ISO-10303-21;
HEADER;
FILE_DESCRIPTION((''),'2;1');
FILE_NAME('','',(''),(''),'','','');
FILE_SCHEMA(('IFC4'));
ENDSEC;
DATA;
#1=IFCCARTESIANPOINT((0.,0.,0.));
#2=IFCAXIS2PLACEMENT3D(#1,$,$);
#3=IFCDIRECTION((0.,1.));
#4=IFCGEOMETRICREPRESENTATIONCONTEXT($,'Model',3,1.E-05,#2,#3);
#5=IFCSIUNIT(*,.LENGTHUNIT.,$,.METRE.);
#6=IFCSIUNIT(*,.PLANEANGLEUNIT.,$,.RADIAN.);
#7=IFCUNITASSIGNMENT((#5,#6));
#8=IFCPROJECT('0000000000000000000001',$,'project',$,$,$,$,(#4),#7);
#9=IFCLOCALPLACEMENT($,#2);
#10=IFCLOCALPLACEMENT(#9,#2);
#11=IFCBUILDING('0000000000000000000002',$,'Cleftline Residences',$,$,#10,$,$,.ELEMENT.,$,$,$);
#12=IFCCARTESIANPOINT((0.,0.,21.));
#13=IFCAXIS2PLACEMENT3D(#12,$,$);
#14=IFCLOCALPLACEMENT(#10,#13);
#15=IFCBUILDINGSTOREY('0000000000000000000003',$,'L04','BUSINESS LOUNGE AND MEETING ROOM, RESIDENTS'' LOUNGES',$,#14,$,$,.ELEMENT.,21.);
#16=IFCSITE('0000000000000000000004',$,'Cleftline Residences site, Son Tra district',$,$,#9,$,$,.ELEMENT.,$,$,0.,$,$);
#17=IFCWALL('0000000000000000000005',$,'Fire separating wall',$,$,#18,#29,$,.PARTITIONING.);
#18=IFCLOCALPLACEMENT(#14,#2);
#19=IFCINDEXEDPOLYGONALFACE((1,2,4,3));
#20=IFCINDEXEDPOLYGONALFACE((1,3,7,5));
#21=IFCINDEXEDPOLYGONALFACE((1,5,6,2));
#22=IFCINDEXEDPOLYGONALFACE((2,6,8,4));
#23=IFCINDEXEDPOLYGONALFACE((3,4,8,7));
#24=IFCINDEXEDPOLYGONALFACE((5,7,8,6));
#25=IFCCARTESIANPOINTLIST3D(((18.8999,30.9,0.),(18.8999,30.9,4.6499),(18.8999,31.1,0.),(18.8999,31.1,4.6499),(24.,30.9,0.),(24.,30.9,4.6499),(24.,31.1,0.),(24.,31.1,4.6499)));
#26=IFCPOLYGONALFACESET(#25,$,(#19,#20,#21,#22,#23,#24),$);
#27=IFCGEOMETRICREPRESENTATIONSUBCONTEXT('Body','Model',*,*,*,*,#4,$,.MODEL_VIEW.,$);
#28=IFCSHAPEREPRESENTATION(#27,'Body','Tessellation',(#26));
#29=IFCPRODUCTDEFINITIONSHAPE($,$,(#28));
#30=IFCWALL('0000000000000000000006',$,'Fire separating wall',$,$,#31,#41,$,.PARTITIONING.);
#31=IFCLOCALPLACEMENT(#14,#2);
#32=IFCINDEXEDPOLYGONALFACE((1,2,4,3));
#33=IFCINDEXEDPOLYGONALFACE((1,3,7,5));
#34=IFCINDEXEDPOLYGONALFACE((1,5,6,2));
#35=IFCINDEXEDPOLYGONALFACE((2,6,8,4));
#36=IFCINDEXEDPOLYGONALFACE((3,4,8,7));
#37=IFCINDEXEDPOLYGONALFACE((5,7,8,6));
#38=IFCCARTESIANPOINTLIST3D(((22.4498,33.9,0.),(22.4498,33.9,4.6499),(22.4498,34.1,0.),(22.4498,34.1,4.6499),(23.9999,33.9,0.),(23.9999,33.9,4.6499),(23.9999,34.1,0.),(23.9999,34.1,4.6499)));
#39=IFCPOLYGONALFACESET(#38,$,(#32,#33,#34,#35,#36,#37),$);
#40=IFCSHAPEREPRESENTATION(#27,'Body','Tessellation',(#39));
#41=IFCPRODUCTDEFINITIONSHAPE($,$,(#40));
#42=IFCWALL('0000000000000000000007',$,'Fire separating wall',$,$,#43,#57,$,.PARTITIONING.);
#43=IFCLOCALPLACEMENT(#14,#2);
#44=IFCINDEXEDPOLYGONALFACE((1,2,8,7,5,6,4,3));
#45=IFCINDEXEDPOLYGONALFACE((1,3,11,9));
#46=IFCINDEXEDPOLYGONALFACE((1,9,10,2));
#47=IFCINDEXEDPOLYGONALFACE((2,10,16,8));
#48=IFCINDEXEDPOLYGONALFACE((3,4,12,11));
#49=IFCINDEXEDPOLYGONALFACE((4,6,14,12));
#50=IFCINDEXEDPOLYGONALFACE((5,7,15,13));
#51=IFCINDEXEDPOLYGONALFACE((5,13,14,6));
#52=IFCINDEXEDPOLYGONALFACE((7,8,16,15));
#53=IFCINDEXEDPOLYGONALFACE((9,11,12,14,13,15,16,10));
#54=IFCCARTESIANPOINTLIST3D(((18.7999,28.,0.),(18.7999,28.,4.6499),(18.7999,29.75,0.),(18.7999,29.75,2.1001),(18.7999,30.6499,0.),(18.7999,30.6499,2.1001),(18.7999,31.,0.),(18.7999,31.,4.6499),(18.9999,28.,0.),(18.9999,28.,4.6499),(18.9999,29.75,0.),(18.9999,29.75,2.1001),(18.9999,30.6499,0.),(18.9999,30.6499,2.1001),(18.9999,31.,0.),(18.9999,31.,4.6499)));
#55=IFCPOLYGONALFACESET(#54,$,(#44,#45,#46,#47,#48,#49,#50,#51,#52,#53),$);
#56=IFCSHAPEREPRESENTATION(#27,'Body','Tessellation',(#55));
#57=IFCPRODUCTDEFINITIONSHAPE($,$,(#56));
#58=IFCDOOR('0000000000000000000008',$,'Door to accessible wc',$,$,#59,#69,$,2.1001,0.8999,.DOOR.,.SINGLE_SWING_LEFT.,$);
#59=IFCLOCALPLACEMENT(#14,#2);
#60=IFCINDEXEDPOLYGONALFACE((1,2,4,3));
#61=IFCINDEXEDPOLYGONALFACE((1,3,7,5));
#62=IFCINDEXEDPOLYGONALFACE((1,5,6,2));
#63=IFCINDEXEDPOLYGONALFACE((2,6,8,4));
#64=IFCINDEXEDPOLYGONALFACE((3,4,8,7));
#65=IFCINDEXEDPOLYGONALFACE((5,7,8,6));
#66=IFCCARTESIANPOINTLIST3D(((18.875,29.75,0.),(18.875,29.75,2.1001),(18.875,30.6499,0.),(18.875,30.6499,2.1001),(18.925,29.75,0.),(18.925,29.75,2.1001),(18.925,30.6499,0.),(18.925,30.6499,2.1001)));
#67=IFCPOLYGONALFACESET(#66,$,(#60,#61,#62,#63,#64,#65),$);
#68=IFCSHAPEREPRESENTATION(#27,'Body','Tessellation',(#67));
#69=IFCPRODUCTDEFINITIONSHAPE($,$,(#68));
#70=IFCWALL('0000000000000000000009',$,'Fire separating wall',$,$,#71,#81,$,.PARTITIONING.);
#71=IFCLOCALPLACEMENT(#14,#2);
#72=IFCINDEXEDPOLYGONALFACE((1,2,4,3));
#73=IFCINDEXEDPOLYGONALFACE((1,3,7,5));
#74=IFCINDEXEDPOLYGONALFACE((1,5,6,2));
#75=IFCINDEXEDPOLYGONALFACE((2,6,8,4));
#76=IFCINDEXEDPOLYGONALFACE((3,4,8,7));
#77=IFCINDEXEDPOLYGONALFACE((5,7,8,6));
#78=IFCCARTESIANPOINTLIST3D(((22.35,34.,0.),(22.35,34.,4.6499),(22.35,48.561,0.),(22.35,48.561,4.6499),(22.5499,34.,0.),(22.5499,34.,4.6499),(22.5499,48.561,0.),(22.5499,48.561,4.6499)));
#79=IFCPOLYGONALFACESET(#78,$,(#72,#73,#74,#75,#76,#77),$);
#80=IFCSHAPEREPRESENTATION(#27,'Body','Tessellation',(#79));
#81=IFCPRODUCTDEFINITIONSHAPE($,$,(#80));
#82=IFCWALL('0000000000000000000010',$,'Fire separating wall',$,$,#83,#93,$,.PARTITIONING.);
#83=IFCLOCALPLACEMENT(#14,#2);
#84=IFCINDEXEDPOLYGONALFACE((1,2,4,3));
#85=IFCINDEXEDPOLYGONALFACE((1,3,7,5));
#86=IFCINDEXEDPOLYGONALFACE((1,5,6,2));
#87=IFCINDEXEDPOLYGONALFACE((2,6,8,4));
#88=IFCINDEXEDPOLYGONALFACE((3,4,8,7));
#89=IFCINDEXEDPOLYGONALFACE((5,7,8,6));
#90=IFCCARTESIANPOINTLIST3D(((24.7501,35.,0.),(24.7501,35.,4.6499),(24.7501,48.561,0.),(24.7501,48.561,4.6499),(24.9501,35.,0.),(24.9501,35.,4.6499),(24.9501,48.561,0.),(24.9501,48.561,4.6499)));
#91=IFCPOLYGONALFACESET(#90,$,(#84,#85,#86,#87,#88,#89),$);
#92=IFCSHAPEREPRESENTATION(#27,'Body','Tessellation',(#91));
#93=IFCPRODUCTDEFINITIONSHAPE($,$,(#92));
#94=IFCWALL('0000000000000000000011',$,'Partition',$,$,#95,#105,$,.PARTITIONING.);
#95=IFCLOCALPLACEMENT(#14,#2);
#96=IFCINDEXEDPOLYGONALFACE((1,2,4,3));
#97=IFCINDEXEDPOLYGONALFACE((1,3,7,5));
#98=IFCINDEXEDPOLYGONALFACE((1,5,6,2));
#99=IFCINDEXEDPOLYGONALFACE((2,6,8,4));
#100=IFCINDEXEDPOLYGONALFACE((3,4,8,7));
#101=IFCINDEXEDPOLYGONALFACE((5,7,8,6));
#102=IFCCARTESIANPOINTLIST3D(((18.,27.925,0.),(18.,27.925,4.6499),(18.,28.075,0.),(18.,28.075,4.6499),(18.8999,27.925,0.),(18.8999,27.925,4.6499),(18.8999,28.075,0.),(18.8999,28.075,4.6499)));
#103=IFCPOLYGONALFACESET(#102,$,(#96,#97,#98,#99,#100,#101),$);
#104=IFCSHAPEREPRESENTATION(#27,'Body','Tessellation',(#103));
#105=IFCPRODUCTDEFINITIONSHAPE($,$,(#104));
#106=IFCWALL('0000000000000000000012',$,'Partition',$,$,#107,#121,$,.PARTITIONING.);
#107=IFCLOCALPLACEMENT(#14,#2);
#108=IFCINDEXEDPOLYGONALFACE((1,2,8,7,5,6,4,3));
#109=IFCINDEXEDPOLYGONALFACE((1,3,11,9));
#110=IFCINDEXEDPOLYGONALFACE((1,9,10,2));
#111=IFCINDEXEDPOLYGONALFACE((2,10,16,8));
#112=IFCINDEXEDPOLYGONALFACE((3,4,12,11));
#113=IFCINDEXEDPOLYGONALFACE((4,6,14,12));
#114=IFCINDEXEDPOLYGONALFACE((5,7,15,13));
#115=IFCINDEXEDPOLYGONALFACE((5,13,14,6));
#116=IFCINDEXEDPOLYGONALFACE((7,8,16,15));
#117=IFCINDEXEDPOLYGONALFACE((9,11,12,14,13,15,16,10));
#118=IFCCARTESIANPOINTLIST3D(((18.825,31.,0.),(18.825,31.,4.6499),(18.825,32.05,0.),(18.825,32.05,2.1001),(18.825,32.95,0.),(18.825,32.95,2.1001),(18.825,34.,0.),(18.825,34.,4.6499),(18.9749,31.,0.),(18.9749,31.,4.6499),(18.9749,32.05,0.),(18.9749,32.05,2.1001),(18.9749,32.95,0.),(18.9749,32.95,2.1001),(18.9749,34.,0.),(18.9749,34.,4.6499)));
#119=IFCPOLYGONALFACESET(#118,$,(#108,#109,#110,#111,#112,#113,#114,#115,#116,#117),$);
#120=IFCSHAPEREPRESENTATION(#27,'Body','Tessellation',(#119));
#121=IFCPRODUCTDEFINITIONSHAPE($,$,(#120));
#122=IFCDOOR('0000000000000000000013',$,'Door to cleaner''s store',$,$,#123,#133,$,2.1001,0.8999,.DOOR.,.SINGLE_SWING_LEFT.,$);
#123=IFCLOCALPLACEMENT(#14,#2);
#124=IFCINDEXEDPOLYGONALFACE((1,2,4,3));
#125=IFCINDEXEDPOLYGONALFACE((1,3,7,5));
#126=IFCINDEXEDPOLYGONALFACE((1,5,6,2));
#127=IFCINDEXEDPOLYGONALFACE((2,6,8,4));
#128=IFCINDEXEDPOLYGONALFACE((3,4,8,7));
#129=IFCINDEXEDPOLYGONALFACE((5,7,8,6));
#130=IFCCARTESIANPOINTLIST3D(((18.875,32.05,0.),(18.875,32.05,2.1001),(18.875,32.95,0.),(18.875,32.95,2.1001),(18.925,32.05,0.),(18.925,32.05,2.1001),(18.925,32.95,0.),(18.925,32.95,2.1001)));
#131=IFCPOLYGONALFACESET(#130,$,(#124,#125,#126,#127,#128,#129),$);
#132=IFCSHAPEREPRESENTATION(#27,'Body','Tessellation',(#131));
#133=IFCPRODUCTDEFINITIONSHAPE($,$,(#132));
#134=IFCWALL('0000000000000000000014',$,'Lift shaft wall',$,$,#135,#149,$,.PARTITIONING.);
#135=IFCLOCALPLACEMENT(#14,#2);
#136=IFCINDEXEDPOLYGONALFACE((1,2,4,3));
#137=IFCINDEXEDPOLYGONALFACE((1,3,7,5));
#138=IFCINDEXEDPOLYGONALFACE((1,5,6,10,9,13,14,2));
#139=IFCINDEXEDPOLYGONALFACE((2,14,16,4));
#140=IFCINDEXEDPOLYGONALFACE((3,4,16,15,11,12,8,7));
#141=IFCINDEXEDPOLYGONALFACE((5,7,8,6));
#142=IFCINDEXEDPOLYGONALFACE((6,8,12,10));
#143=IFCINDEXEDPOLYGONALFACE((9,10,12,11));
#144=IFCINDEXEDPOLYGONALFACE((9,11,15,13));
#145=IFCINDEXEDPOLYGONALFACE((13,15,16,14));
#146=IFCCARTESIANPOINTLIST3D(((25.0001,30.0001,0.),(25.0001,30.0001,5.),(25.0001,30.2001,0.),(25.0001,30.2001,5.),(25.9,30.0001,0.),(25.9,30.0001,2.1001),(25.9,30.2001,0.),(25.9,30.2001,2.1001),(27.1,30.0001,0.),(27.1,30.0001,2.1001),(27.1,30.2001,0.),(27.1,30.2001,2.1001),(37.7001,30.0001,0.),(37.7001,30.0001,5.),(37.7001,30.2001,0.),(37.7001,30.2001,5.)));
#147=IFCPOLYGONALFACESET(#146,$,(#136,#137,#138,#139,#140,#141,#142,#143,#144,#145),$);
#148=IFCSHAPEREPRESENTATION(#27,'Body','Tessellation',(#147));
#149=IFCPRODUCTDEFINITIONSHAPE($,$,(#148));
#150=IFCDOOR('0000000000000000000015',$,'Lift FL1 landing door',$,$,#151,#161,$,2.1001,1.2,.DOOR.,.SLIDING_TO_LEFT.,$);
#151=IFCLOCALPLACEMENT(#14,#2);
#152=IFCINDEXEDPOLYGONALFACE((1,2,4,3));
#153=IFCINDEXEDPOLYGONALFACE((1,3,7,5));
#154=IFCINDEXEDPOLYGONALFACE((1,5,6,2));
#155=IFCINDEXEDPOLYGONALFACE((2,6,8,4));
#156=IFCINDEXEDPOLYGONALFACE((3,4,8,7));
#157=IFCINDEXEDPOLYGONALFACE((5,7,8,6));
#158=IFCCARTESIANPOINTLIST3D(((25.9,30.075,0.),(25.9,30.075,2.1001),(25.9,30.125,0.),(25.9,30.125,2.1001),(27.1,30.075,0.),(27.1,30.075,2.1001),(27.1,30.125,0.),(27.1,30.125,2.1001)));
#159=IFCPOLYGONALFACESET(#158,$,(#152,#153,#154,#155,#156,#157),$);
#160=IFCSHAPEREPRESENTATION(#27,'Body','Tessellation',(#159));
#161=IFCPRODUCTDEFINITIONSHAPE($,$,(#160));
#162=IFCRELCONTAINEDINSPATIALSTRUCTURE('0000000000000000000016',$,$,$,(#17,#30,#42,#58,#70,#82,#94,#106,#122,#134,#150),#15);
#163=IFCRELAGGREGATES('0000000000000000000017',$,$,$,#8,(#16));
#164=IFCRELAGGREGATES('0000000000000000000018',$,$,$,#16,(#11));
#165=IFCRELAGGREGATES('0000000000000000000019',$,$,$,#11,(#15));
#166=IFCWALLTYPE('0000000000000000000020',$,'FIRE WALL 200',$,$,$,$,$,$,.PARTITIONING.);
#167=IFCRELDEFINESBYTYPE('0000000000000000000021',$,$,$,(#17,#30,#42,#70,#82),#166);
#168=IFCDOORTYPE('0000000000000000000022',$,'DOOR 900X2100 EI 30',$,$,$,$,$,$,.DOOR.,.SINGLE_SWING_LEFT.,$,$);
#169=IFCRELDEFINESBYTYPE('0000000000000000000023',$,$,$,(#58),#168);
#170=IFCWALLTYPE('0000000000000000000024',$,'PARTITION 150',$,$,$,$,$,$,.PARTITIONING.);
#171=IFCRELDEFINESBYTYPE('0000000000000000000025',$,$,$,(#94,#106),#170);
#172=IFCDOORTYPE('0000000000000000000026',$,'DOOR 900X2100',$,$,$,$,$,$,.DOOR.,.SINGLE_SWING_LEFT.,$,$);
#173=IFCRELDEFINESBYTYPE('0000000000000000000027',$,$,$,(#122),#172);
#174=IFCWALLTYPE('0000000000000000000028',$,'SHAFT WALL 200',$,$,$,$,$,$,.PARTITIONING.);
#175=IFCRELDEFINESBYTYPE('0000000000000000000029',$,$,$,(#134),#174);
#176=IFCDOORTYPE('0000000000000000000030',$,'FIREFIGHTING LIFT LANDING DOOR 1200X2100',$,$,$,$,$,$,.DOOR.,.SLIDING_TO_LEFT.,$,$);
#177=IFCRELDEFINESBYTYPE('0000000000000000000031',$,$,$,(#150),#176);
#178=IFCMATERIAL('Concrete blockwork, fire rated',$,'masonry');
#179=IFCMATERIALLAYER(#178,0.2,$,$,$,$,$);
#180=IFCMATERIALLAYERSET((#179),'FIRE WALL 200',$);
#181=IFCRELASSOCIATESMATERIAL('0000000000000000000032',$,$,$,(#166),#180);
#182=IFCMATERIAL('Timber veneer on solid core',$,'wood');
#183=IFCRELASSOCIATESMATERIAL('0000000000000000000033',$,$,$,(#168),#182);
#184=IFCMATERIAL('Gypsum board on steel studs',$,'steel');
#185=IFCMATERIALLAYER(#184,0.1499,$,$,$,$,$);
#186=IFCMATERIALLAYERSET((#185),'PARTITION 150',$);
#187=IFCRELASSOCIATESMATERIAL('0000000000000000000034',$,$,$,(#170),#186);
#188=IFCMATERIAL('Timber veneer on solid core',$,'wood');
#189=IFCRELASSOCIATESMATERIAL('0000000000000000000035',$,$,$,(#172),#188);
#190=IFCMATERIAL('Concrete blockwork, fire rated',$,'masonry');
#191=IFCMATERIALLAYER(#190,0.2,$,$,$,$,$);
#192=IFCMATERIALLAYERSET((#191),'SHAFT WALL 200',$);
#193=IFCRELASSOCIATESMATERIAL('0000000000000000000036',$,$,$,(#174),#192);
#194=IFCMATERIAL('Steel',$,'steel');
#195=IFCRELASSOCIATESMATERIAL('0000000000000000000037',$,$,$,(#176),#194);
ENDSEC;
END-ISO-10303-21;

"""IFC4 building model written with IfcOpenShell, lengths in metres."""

from ifc_helpers import new_model, si_unit, direction, frame, frame_2d, origin, place, context, subcontext, project, spatial, rectangle, extrude, material, layer, layer_set, type_object, element, fill, save


model = new_model("IFC4")

# Units and contexts
model_context = context("Model", 3, precision=1e-05, world=origin(), true_north=direction((0.0, 1.0)))
body_context = subcontext(model_context, "Body", "Model", "MODEL_VIEW")
ifc_project = project(units=[si_unit("LENGTHUNIT", "METRE"), si_unit("PLANEANGLEUNIT", "RADIAN")], contexts=[model_context])

# Site, building, storey
site_placement = place(None, origin())
site = spatial("IfcSite", under=ifc_project, at=site_placement, Name="Cleftline Residences site, Son Tra district", CompositionType="ELEMENT", RefElevation=0.0)
building_placement = place(site_placement, origin())
building = spatial("IfcBuilding", under=site, at=building_placement, Name="Cleftline Residences", CompositionType="ELEMENT")
storey_placement = place(building_placement, frame((0.0, 0.0, 21.0)))
storey = spatial("IfcBuildingStorey", under=building, at=storey_placement, Name="L04", Description="BUSINESS LOUNGE AND MEETING ROOM, RESIDENTS' LOUNGES", CompositionType="ELEMENT", Elevation=21.0)

# Walls
ifc_material_1 = material(Name="Concrete blockwork, fire rated", Category="masonry")
ifc_layer_1 = layer(ifc_material_1, 0.2)
ifc_layer_set_1 = layer_set([ifc_layer_1], Name="FIRE WALL 200")
wall_type_1 = type_object("IfcWallType", Name="FIRE WALL 200", PredefinedType="PARTITIONING", material=ifc_layer_set_1)
for number, where, z_axis, x_axis, name in (
    (1, (18.8999, 31.0, 0.0), (0.0, 0.0, 1.0), (1.0, 0.0, 0.0), "Fire separating wall"),
):
    element("IfcWall", number, at=place(storey_placement, frame(where, z_axis=z_axis, x_axis=x_axis)), inside=storey, type_object=wall_type_1, Name=name, PredefinedType="PARTITIONING", context=body_context, shape_type="SweptSolid", body=[
        extrude(rectangle(XDim=5.1001, YDim=0.2, at=frame_2d((2.55, 0.0))), origin(), (0.0, 0.0, 1.0), 4.6499),
    ])
wall_1_placement = place(storey_placement, frame((22.45, 34.0, 0.0), z_axis=(0.0, 0.0, 1.0), x_axis=(1.0, 0.0, 0.0)))
element("IfcWall", 2, at=wall_1_placement, inside=storey, type_object=wall_type_1, Name="Fire separating wall", PredefinedType="PARTITIONING", context=body_context, shape_type="SweptSolid", body=[
    extrude(rectangle(XDim=1.55, YDim=0.2, at=frame_2d((0.7749, 0.0))), origin(), (0.0, 0.0, 1.0), 4.6499),
])

# Wall, opening, door
wall_2_placement = place(storey_placement, frame((18.8999, 28.0, 0.0), z_axis=(0.0, 0.0, 1.0), x_axis=(0.0, 1.0, 0.0)))
wall_2 = element("IfcWall", 3, at=wall_2_placement, inside=storey, type_object=wall_type_1, Name="Fire separating wall", PredefinedType="PARTITIONING", context=body_context, shape_type="SweptSolid", body=[
    extrude(rectangle(XDim=3.0, YDim=0.2, at=frame_2d((1.5, 0.0))), origin(), (0.0, 0.0, 1.0), 4.6499),
])
opening_1_placement = place(wall_2_placement, frame((1.75, 0.0, 0.0)))
opening_1 = element("IfcOpeningElement", 4, at=opening_1_placement, cuts=wall_2, PredefinedType="OPENING", context=body_context, shape_type="SweptSolid", body=[
    extrude(rectangle(XDim=0.8999, YDim=2.1001, at=frame_2d((0.45, 1.05))), frame((0.0, 0.1099, 0.0), z_axis=(0.0, -1.0, 0.0), x_axis=(1.0, 0.0, 0.0)), (0.0, 0.0, 1.0), 0.22),
])
ifc_material_2 = material(Name="Timber veneer on solid core", Category="wood")
door_type_1 = type_object("IfcDoorType", Name="DOOR 900X2100 EI 30", OperationType="SINGLE_SWING_LEFT", PredefinedType="DOOR", material=ifc_material_2)
door_1_placement = place(opening_1_placement, origin())
door_1 = element("IfcDoor", 5, at=door_1_placement, inside=storey, type_object=door_type_1, Name="Door to accessible wc", OperationType="SINGLE_SWING_LEFT", OverallHeight=2.1001, OverallWidth=0.8999, PredefinedType="DOOR", context=body_context, shape_type="SweptSolid", body=[
    extrude(rectangle(XDim=0.8999, YDim=2.1001, at=frame_2d((0.45, 1.05))), frame((0.0, 0.0249, 0.0), z_axis=(0.0, -1.0, 0.0), x_axis=(1.0, 0.0, 0.0)), (0.0, 0.0, 1.0), 0.05),
])
fill(opening_1, door_1)

# Walls
wall_3_placement = place(storey_placement, frame((22.45, 34.0, 0.0), z_axis=(0.0, 0.0, 1.0), x_axis=(0.0, 1.0, 0.0)))
element("IfcWall", 6, at=wall_3_placement, inside=storey, type_object=wall_type_1, Name="Fire separating wall", PredefinedType="PARTITIONING", context=body_context, shape_type="SweptSolid", body=[
    extrude(rectangle(XDim=14.561, YDim=0.2, at=frame_2d((7.2805, 0.0))), origin(), (0.0, 0.0, 1.0), 4.6499),
])
wall_4_placement = place(storey_placement, frame((24.8501, 35.0, 0.0), z_axis=(0.0, 0.0, 1.0), x_axis=(0.0, 1.0, 0.0)))
element("IfcWall", 7, at=wall_4_placement, inside=storey, type_object=wall_type_1, Name="Fire separating wall", PredefinedType="PARTITIONING", context=body_context, shape_type="SweptSolid", body=[
    extrude(rectangle(XDim=13.561, YDim=0.2, at=frame_2d((6.7805, 0.0))), origin(), (0.0, 0.0, 1.0), 4.6499),
])
ifc_material_3 = material(Name="Gypsum board on steel studs", Category="steel")
ifc_layer_2 = layer(ifc_material_3, 0.1499)
ifc_layer_set_2 = layer_set([ifc_layer_2], Name="PARTITION 150")
wall_type_2 = type_object("IfcWallType", Name="PARTITION 150", PredefinedType="PARTITIONING", material=ifc_layer_set_2)
wall_5_placement = place(storey_placement, frame((18.0, 28.0, 0.0), z_axis=(0.0, 0.0, 1.0), x_axis=(1.0, 0.0, 0.0)))
element("IfcWall", 8, at=wall_5_placement, inside=storey, type_object=wall_type_2, Name="Partition", PredefinedType="PARTITIONING", context=body_context, shape_type="SweptSolid", body=[
    extrude(rectangle(XDim=0.8999, YDim=0.1499, at=frame_2d((0.45, 0.0))), origin(), (0.0, 0.0, 1.0), 4.6499),
])

# Walls, openings, doors
wall_6_placement = place(storey_placement, frame((18.8999, 31.0, 0.0), z_axis=(0.0, 0.0, 1.0), x_axis=(0.0, 1.0, 0.0)))
wall_6 = element("IfcWall", 9, at=wall_6_placement, inside=storey, type_object=wall_type_2, Name="Partition", PredefinedType="PARTITIONING", context=body_context, shape_type="SweptSolid", body=[
    extrude(rectangle(XDim=3.0, YDim=0.1499, at=frame_2d((1.5, 0.0))), origin(), (0.0, 0.0, 1.0), 4.6499),
])
opening_2_placement = place(wall_6_placement, frame((1.05, 0.0, 0.0)))
opening_2 = element("IfcOpeningElement", 10, at=opening_2_placement, cuts=wall_6, PredefinedType="OPENING", context=body_context, shape_type="SweptSolid", body=[
    extrude(rectangle(XDim=0.8999, YDim=2.1001, at=frame_2d((0.45, 1.05))), frame((0.0, 0.085, 0.0), z_axis=(0.0, -1.0, 0.0), x_axis=(1.0, 0.0, 0.0)), (0.0, 0.0, 1.0), 0.1699),
])
ifc_material_4 = material(Name="Timber veneer on solid core", Category="wood")
door_type_2 = type_object("IfcDoorType", Name="DOOR 900X2100", OperationType="SINGLE_SWING_LEFT", PredefinedType="DOOR", material=ifc_material_4)
door_2_placement = place(opening_2_placement, origin())
door_2 = element("IfcDoor", 11, at=door_2_placement, inside=storey, type_object=door_type_2, Name="Door to cleaner's store", OperationType="SINGLE_SWING_LEFT", OverallHeight=2.1001, OverallWidth=0.8999, PredefinedType="DOOR", context=body_context, shape_type="SweptSolid", body=[
    extrude(rectangle(XDim=0.8999, YDim=2.1001, at=frame_2d((0.45, 1.05))), frame((0.0, 0.0249, 0.0), z_axis=(0.0, -1.0, 0.0), x_axis=(1.0, 0.0, 0.0)), (0.0, 0.0, 1.0), 0.05),
])
fill(opening_2, door_2)
ifc_material_5 = material(Name="Concrete blockwork, fire rated", Category="masonry")
ifc_layer_3 = layer(ifc_material_5, 0.2)
ifc_layer_set_3 = layer_set([ifc_layer_3], Name="SHAFT WALL 200")
wall_type_3 = type_object("IfcWallType", Name="SHAFT WALL 200", PredefinedType="PARTITIONING", material=ifc_layer_set_3)
wall_7_placement = place(storey_placement, frame((25.0, 30.1001, 0.0), z_axis=(0.0, 0.0, 1.0), x_axis=(1.0, 0.0, 0.0)))
wall_7 = element("IfcWall", 12, at=wall_7_placement, inside=storey, type_object=wall_type_3, Name="Lift shaft wall", PredefinedType="PARTITIONING", context=body_context, shape_type="SweptSolid", body=[
    extrude(rectangle(XDim=12.7, YDim=0.2, at=frame_2d((6.3501, 0.0))), origin(), (0.0, 0.0, 1.0), 5.0),
])
opening_3_placement = place(wall_7_placement, frame((0.8999, 0.0, 0.0)))
opening_3 = element("IfcOpeningElement", 13, at=opening_3_placement, cuts=wall_7, PredefinedType="OPENING", context=body_context, shape_type="SweptSolid", body=[
    extrude(rectangle(XDim=1.2, YDim=2.1001, at=frame_2d((0.6001, 1.05))), frame((0.0, 0.1099, 0.0), z_axis=(0.0, -1.0, 0.0), x_axis=(1.0, 0.0, 0.0)), (0.0, 0.0, 1.0), 0.22),
])
ifc_material_6 = material(Name="Steel", Category="steel")
door_type_3 = type_object("IfcDoorType", Name="FIREFIGHTING LIFT LANDING DOOR 1200X2100", OperationType="SLIDING_TO_LEFT", PredefinedType="DOOR", material=ifc_material_6)
door_3_placement = place(opening_3_placement, origin())
door_3 = element("IfcDoor", 14, at=door_3_placement, inside=storey, type_object=door_type_3, Name="Lift FL1 landing door", OperationType="SLIDING_TO_LEFT", OverallHeight=2.1001, OverallWidth=1.2, PredefinedType="DOOR", context=body_context, shape_type="SweptSolid", body=[
    extrude(rectangle(XDim=1.2, YDim=2.1001, at=frame_2d((0.6001, 1.05))), frame((0.0, 0.0249, 0.0), z_axis=(0.0, -1.0, 0.0), x_axis=(1.0, 0.0, 0.0)), (0.0, 0.0, 1.0), 0.05),
])
fill(opening_3, door_3)

save(model, "model.ifc")
